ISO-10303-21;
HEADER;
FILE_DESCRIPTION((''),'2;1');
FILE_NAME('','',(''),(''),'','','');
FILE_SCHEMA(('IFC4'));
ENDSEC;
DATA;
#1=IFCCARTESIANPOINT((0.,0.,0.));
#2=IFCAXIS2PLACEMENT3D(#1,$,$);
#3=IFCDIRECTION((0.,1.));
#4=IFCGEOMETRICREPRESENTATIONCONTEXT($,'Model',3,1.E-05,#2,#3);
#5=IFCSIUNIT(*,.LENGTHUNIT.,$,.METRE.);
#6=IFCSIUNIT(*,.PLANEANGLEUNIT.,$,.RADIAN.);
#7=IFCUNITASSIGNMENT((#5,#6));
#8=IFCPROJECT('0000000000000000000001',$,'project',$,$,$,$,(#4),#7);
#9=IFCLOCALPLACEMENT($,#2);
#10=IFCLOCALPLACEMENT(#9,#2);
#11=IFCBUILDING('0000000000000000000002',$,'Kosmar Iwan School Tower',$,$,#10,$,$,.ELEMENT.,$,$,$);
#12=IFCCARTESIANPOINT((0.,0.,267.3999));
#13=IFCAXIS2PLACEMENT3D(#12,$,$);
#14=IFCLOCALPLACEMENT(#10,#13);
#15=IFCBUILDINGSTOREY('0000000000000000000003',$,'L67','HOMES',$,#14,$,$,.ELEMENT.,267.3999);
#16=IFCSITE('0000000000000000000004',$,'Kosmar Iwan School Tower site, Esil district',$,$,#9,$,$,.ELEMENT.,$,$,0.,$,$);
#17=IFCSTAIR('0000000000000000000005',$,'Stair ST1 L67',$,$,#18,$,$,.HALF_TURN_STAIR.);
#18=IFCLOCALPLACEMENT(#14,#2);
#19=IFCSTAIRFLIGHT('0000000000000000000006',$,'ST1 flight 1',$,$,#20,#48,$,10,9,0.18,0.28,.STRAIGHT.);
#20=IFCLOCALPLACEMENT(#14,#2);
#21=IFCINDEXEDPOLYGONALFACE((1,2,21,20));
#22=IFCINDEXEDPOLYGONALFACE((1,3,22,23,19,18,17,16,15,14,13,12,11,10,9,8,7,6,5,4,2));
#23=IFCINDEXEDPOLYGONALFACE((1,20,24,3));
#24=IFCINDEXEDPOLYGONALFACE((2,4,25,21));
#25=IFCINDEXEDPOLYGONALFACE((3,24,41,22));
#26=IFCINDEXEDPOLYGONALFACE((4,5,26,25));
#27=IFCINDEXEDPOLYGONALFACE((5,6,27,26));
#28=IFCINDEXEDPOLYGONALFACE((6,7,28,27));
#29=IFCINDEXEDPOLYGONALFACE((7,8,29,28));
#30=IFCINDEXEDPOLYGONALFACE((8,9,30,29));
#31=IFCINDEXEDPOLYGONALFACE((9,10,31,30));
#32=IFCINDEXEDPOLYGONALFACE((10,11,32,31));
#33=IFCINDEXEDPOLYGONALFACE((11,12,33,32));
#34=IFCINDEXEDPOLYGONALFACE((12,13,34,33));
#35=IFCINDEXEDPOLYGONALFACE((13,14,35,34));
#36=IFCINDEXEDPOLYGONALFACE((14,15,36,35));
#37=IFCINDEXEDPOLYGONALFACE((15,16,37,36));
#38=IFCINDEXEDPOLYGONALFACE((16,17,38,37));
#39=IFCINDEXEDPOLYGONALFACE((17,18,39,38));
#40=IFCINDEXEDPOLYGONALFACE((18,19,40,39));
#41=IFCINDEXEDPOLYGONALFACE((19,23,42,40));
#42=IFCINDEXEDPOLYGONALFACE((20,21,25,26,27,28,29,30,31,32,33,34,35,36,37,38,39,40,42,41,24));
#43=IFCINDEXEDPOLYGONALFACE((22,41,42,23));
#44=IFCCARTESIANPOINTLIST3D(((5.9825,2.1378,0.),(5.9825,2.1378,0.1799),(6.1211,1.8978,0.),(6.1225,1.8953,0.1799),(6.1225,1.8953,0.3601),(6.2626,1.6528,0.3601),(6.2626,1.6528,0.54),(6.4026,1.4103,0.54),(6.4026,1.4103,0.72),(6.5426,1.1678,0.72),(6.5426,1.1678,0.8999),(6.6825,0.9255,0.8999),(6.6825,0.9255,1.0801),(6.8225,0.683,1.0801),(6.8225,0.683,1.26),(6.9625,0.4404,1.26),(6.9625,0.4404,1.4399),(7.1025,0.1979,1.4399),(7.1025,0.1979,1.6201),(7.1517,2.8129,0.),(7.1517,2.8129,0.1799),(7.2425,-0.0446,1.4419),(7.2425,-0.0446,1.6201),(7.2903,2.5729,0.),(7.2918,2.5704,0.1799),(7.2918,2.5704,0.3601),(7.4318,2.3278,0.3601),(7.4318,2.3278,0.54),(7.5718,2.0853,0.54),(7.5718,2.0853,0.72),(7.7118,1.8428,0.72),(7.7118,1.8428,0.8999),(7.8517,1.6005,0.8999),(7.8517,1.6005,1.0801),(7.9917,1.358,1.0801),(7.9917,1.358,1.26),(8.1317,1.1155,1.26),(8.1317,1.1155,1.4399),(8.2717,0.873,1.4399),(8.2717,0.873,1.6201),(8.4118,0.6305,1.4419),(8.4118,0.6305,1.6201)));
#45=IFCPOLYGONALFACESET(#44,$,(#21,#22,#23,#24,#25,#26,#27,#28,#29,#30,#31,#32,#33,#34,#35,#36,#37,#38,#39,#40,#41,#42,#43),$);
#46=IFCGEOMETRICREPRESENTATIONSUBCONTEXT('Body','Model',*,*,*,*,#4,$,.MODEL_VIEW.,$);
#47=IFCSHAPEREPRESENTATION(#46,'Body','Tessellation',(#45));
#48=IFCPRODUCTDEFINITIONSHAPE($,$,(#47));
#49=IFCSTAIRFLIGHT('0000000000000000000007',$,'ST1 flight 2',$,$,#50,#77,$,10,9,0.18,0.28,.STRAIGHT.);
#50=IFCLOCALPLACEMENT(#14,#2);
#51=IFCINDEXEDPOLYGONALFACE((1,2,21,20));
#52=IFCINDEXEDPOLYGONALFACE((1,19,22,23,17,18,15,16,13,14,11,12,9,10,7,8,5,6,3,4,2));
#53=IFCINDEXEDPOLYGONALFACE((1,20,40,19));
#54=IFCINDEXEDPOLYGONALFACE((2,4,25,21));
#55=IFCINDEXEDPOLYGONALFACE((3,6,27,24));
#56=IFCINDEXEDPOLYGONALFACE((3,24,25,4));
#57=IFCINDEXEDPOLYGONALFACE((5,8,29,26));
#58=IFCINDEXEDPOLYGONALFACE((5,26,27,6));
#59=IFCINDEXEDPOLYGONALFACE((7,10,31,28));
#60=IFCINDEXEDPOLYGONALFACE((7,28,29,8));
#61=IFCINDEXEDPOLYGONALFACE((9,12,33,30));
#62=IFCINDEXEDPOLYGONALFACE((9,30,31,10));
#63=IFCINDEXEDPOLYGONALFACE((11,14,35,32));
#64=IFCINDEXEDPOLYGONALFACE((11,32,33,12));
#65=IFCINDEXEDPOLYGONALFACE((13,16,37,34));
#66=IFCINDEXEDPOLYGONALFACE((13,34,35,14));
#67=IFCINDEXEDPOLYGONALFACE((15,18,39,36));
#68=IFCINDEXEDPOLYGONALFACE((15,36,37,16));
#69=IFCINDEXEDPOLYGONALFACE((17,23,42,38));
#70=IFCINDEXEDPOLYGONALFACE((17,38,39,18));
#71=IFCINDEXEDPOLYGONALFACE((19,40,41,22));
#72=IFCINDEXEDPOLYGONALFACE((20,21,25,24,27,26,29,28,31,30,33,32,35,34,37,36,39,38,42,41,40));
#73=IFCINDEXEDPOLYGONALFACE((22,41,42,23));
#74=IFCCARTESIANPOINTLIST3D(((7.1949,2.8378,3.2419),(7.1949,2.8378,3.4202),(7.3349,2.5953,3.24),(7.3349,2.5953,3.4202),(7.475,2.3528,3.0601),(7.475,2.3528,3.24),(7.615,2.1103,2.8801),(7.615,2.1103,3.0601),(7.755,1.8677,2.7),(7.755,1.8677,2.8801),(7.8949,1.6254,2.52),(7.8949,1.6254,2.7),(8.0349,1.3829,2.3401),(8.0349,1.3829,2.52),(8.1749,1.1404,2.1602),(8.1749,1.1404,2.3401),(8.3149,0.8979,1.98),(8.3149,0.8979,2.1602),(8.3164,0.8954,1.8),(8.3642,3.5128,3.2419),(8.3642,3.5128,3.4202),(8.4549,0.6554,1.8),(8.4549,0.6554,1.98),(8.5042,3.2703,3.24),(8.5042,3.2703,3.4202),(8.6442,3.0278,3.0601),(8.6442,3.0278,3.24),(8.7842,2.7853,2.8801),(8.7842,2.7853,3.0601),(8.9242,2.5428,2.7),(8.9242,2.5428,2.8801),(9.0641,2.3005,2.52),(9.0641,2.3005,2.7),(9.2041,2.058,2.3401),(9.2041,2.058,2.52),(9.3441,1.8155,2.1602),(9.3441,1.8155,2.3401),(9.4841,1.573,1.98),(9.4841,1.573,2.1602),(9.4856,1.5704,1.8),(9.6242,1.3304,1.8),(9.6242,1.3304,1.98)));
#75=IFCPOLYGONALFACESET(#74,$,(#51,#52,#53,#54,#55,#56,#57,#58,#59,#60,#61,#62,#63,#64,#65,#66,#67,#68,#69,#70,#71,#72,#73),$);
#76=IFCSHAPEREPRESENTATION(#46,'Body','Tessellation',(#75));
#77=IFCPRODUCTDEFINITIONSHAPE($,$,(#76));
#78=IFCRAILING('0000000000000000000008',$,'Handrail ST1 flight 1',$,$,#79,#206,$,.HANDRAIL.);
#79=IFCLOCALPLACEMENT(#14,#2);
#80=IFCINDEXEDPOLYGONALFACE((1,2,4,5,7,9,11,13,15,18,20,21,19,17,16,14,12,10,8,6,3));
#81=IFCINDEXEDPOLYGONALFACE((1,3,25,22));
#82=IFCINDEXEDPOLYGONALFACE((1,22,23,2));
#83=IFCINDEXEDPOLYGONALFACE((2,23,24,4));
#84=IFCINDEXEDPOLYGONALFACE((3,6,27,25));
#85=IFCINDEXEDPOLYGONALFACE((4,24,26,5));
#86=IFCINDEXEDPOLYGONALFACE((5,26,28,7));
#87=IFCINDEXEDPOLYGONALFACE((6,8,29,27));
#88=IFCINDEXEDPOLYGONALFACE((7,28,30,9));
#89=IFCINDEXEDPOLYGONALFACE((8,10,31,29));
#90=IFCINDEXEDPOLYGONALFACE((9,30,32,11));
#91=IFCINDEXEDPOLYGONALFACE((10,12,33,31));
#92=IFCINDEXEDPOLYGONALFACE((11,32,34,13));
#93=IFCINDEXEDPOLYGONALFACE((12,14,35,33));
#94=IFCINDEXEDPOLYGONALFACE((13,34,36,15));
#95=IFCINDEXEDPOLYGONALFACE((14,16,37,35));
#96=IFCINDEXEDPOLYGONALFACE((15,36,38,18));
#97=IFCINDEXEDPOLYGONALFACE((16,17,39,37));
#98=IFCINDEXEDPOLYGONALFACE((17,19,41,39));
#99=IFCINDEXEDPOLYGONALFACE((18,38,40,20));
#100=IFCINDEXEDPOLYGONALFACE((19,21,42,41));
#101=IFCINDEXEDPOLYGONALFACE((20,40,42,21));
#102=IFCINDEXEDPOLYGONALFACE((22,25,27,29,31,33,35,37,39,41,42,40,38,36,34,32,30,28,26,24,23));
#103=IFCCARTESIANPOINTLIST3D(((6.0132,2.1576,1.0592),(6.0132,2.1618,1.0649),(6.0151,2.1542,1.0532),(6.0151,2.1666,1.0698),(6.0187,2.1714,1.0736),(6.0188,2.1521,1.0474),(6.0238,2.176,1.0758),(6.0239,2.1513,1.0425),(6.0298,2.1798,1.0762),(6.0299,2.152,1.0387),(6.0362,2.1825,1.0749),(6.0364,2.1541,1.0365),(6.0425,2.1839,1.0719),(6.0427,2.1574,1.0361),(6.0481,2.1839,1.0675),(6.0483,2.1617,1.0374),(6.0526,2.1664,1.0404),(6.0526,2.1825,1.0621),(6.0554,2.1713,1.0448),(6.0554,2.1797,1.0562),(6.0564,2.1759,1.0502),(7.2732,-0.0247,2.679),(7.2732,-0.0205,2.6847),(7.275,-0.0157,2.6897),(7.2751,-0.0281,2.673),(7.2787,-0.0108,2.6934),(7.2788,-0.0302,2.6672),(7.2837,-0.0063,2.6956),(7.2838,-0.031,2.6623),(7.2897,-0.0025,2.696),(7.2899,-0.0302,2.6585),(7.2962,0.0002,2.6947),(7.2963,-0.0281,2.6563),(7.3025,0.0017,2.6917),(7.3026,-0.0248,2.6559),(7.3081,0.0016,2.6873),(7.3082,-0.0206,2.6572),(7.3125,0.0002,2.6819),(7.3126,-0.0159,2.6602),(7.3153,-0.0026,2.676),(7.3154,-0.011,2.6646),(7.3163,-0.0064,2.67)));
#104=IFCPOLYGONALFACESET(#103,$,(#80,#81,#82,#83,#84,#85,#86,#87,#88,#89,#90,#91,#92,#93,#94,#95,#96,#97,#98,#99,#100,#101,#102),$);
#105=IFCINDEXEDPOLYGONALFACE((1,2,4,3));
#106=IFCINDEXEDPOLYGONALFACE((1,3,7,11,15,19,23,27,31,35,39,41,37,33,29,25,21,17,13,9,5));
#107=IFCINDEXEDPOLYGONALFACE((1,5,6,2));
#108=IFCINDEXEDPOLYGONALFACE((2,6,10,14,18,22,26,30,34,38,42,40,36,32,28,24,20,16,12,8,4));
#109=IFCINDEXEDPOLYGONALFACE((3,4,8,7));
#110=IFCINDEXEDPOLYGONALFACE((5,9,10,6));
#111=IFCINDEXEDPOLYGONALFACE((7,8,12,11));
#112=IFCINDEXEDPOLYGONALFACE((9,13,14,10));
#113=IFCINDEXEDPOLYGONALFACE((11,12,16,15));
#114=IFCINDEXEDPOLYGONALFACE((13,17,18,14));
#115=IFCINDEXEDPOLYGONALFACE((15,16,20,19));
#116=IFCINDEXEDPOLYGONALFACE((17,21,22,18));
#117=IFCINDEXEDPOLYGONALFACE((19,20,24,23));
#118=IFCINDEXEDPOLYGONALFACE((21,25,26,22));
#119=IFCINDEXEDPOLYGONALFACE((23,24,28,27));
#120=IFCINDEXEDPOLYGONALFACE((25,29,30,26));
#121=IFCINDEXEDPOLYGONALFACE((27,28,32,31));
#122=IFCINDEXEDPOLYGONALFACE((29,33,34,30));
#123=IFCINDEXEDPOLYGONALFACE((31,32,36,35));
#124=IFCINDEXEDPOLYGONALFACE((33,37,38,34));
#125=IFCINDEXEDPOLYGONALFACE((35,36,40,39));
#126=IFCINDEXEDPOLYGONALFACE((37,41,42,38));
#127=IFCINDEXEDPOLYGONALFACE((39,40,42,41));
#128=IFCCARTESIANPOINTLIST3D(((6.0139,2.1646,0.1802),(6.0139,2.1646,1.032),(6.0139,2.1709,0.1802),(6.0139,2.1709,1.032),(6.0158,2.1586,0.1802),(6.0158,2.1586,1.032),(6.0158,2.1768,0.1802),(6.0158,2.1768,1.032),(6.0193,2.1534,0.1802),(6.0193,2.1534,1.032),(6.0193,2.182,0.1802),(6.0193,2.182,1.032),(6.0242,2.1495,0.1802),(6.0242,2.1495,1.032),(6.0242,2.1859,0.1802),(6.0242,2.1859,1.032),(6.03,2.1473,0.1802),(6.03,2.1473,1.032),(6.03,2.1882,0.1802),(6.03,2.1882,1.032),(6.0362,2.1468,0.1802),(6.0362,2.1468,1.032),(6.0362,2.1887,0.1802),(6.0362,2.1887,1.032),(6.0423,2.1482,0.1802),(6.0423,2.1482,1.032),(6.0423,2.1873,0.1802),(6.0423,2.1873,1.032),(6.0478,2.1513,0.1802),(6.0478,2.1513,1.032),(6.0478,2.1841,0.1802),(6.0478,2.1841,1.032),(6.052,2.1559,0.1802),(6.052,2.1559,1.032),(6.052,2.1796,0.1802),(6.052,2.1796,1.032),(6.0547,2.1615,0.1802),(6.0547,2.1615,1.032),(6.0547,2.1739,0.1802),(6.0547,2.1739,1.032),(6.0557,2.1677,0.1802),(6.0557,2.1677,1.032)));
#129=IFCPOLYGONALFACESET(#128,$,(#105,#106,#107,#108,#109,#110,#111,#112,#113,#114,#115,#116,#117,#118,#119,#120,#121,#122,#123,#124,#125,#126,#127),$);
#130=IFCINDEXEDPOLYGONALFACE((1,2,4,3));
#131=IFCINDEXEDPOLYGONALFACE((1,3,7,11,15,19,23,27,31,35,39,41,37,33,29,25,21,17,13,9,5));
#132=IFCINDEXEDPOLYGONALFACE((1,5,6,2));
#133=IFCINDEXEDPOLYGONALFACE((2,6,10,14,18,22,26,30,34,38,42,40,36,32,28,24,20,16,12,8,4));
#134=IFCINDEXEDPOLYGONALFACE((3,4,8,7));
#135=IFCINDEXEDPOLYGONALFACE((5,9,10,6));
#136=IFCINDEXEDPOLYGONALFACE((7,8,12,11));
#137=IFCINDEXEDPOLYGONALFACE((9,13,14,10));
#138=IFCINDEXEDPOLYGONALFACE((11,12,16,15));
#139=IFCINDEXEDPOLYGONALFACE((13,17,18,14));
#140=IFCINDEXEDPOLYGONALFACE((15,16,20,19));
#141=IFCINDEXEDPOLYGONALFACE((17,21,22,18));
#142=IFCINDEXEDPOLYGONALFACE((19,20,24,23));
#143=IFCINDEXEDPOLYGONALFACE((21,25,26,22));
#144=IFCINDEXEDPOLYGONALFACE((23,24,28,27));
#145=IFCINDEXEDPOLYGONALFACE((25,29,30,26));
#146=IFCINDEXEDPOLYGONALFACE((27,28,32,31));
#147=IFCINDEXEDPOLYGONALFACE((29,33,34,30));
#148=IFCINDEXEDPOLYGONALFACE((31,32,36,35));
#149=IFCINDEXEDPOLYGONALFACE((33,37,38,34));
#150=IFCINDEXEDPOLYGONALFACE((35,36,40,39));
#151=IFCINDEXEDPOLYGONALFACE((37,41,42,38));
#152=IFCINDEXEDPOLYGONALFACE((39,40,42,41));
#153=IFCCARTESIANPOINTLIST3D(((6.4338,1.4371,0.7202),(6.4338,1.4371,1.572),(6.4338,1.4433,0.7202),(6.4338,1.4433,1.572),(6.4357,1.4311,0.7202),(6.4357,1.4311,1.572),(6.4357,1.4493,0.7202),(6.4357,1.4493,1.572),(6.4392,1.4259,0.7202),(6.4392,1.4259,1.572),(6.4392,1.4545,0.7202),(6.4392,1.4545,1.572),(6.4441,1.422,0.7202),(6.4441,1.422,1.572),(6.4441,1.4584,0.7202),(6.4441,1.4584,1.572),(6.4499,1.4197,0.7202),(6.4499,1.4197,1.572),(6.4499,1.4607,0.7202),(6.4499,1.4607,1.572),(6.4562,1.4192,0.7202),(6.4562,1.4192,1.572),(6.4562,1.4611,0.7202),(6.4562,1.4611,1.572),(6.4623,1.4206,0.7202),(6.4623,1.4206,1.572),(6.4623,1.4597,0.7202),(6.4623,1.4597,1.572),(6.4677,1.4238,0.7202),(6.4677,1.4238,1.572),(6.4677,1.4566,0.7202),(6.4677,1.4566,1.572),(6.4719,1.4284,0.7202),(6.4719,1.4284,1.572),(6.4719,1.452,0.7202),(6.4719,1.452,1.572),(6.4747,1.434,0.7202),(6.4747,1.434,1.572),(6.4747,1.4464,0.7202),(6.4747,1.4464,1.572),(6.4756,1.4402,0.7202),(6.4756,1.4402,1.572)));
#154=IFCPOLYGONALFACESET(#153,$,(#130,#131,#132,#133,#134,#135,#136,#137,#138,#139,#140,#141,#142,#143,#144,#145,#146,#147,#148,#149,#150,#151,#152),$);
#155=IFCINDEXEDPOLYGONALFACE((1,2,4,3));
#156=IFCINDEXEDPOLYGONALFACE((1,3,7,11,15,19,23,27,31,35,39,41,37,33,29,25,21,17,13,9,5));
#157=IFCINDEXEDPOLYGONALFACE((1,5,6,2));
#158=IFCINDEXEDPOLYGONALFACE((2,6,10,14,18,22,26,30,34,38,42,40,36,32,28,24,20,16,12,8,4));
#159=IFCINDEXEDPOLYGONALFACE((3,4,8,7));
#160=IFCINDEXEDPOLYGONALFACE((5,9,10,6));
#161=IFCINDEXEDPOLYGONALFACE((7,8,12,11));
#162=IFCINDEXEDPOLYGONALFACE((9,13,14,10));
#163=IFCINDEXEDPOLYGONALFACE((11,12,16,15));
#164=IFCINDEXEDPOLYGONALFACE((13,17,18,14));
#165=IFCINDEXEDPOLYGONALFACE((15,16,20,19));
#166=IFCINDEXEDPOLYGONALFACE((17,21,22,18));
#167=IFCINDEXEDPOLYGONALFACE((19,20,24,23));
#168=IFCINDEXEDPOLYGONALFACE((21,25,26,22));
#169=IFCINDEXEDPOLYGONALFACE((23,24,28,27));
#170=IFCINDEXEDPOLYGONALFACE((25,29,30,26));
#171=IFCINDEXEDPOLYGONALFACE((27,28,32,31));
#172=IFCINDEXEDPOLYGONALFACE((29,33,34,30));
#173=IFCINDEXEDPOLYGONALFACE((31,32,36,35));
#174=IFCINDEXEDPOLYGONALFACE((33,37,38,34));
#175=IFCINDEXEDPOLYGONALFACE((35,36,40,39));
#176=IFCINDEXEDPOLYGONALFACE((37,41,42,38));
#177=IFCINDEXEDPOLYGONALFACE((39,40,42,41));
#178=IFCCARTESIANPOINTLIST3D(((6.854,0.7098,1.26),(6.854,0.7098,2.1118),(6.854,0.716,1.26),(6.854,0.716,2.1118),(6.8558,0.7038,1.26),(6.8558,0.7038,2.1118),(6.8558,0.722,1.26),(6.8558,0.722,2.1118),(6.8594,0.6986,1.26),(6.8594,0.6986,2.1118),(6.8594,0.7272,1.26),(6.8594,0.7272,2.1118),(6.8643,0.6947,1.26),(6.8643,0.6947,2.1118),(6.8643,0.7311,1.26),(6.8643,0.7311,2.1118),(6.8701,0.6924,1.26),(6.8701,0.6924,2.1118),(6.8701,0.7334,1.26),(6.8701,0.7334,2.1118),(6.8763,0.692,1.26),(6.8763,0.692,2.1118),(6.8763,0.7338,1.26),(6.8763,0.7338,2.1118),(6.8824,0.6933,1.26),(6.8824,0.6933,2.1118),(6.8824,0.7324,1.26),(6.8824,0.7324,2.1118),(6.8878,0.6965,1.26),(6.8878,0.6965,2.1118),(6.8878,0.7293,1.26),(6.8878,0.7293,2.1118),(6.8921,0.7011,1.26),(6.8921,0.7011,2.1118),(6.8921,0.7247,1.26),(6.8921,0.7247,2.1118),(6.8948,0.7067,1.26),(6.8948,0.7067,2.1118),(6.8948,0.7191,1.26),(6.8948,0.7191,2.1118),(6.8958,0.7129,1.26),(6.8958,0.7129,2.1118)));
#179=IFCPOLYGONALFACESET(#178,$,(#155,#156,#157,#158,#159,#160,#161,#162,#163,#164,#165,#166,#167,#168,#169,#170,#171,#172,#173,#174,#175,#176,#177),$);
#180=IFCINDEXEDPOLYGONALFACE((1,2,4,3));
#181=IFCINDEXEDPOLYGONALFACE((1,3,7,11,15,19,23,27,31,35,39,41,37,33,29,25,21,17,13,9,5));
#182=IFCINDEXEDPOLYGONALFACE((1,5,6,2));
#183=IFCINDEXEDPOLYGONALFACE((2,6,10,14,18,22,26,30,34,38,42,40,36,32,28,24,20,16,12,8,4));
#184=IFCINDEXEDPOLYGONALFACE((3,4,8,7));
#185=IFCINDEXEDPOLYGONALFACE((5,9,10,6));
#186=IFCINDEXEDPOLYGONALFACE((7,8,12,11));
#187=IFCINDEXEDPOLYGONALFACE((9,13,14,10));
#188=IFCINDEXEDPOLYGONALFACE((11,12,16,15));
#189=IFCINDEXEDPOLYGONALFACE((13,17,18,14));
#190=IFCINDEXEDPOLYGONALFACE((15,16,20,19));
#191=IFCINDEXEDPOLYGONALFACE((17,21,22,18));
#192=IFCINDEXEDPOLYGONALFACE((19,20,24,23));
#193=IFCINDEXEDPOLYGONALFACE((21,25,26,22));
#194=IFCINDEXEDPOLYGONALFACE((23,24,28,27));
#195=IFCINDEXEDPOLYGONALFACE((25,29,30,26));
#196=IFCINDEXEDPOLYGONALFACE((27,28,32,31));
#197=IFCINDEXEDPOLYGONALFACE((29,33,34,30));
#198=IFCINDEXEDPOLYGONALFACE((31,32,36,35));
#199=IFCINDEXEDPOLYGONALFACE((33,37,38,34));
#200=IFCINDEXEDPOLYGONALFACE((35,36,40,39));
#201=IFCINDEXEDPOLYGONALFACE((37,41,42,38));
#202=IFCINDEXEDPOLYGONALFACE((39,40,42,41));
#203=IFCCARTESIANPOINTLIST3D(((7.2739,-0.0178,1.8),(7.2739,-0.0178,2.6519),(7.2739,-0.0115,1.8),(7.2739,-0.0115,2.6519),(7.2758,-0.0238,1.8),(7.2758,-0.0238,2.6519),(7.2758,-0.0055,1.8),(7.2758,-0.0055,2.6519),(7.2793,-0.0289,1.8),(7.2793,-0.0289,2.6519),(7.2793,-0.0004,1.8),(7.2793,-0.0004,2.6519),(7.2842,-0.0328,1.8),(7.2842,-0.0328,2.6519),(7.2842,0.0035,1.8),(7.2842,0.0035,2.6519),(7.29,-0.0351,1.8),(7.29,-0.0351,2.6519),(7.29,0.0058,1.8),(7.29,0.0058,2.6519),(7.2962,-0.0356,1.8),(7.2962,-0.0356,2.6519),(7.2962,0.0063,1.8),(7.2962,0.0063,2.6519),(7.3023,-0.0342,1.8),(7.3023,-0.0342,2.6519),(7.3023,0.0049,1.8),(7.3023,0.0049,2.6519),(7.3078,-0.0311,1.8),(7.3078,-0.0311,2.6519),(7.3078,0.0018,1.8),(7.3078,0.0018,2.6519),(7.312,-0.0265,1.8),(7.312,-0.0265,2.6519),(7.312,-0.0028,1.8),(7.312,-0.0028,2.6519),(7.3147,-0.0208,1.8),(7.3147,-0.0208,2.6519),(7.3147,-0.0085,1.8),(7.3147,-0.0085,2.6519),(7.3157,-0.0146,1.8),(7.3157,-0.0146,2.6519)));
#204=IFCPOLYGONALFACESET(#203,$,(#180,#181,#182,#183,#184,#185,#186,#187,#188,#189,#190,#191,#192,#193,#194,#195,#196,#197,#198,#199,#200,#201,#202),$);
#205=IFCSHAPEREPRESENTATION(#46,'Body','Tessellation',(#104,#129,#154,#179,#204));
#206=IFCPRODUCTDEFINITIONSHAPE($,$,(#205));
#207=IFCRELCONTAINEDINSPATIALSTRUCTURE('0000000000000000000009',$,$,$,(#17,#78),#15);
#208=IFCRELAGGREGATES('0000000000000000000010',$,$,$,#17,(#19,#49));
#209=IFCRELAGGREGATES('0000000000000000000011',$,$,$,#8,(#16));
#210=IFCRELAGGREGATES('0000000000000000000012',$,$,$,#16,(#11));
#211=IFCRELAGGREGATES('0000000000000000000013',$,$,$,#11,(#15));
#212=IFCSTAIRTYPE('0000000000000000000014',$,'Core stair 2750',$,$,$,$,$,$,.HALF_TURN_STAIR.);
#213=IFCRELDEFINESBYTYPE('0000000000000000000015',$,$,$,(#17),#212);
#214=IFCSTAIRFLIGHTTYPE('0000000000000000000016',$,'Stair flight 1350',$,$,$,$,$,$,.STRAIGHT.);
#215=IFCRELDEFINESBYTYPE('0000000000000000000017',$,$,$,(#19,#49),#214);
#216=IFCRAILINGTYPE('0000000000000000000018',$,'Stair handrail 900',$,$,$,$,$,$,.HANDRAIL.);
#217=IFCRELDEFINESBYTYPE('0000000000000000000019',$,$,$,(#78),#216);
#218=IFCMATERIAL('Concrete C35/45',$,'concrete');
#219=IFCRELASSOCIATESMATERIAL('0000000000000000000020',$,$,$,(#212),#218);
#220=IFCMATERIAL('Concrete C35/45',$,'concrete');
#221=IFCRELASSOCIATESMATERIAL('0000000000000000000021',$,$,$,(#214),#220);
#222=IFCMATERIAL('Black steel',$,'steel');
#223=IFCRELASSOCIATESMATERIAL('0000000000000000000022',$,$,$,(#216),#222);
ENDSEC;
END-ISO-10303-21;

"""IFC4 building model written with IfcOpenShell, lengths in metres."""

from ifc_helpers import new_model, si_unit, direction, frame, origin, origin_2d, place, context, subcontext, project, spatial, polyline, circle, outline, extrude, material, type_object, element, aggregate, save


model = new_model("IFC4")

# Units and contexts
model_context = context("Model", 3, precision=1e-05, world=origin(), true_north=direction((0.0, 1.0)))
body_context = subcontext(model_context, "Body", "Model", "MODEL_VIEW")
ifc_project = project(units=[si_unit("LENGTHUNIT", "METRE"), si_unit("PLANEANGLEUNIT", "RADIAN")], contexts=[model_context])

# Site, building, storey
site_placement = place(None, origin())
site = spatial("IfcSite", under=ifc_project, at=site_placement, Name="Kosmar Iwan School Tower site, Esil district", CompositionType="ELEMENT", RefElevation=0.0)
building_placement = place(site_placement, origin())
building = spatial("IfcBuilding", under=site, at=building_placement, Name="Kosmar Iwan School Tower", CompositionType="ELEMENT")
storey_placement = place(building_placement, frame((0.0, 0.0, 267.3999)))
storey = spatial("IfcBuildingStorey", under=building, at=storey_placement, Name="L67", Description="HOMES", CompositionType="ELEMENT", Elevation=267.3999)

# Stair, stair flights
ifc_material_1 = material(Name="Concrete C35/45", Category="concrete")
stair_type = type_object("IfcStairType", Name="Core stair 2750", PredefinedType="HALF_TURN_STAIR", material=ifc_material_1)
stair_placement = place(storey_placement, origin())
stair = element("IfcStair", 1, at=stair_placement, inside=storey, type_object=stair_type, Name="Stair ST1 L67", PredefinedType="HALF_TURN_STAIR")
ifc_material_2 = material(Name="Concrete C35/45", Category="concrete")
stair_flight_type = type_object("IfcStairFlightType", Name="Stair flight 1350", PredefinedType="STRAIGHT", material=ifc_material_2)
stair_flight_1_placement = place(storey_placement, frame((6.5671, 2.4753, 0.0), z_axis=(0.0, 0.0, 1.0), x_axis=(0.5, -0.866025, 0.0)))
stair_flight_1 = element("IfcStairFlight", 2, at=stair_flight_1_placement, type_object=stair_flight_type, Name="ST1 flight 1", NumberOfRisers=10, NumberOfTreads=9, PredefinedType="STRAIGHT", RiserHeight=0.18, TreadLength=0.28, context=body_context, shape_type="SweptSolid", body=[
    extrude(outline(polyline([(0.0, 0.0), (0.0, 0.1799), (0.28, 0.1799), (0.28, 0.3601), (0.5601, 0.3601), (0.5601, 0.54), (0.8401, 0.54), (0.8401, 0.72), (1.1201, 0.72), (1.1201, 0.8999), (1.3999, 0.8999), (1.3999, 1.0801), (1.6799, 1.0801), (1.6799, 1.26), (1.96, 1.26), (1.96, 1.4399), (2.24, 1.4399), (2.24, 1.6201), (2.52, 1.6201), (2.52, 1.8), (2.52, 1.4419), (0.2771, 0.0), (0.0, 0.0)])), frame((0.0, 0.675, 0.0), z_axis=(0.0, -1.0, 0.0), x_axis=(1.0, 0.0, 0.0)), (0.0, 0.0, 1.0), 1.3501),
])
stair_flight_2_placement = place(storey_placement, frame((9.0396, 0.9929, 1.8), z_axis=(0.0, 0.0, 1.0), x_axis=(-0.5, 0.866025, 0.0)))
stair_flight_2 = element("IfcStairFlight", 3, at=stair_flight_2_placement, type_object=stair_flight_type, Name="ST1 flight 2", NumberOfRisers=10, NumberOfTreads=9, PredefinedType="STRAIGHT", RiserHeight=0.18, TreadLength=0.28, context=body_context, shape_type="SweptSolid", body=[
    extrude(outline(polyline([(0.0, 0.0), (0.0, 0.1799), (0.28, 0.1799), (0.28, 0.3601), (0.5601, 0.3601), (0.5601, 0.54), (0.8401, 0.54), (0.8401, 0.72), (1.1201, 0.72), (1.1201, 0.8999), (1.3999, 0.8999), (1.3999, 1.0801), (1.6799, 1.0801), (1.6799, 1.26), (1.96, 1.26), (1.96, 1.4399), (2.24, 1.4399), (2.24, 1.6201), (2.52, 1.6201), (2.52, 1.8), (2.52, 1.4419), (0.2771, 0.0), (0.0, 0.0)])), frame((0.0, 0.675, 0.0), z_axis=(0.0, -1.0, 0.0), x_axis=(1.0, 0.0, 0.0)), (0.0, 0.0, 1.0), 1.3501),
])
aggregate(stair, [stair_flight_1, stair_flight_2])

# Railing
ifc_material_3 = material(Name="Black steel", Category="steel")
railing_type = type_object("IfcRailingType", Name="Stair handrail 900", PredefinedType="HANDRAIL", material=ifc_material_3)
railing_1_placement = place(storey_placement, frame((6.0347, 2.1677, 0.1802)))
element("IfcRailing", 4, at=railing_1_placement, inside=storey, type_object=railing_type, Name="Handrail ST1 flight 1", PredefinedType="HANDRAIL", context=body_context, shape_type="SweptSolid", body=[
    extrude(circle(Radius=0.0239, at=origin_2d()), frame((0.0, 0.0, 0.876), z_axis=(0.420603, -0.728496, 0.540728), x_axis=(0.866023, 0.500005, 0.0)), (0.0, 0.0, 1.0), 2.9956),
    extrude(circle(Radius=0.021, at=origin_2d()), origin(), (0.0, 0.0, 1.0), 0.8518),
    extrude(circle(Radius=0.021, at=origin_2d()), frame((0.4199, -0.7275, 0.54)), (0.0, 0.0, 1.0), 0.8518),
    extrude(circle(Radius=0.021, at=origin_2d()), frame((0.8401, -1.4548, 1.0798)), (0.0, 0.0, 1.0), 0.8518),
    extrude(circle(Radius=0.021, at=origin_2d()), frame((1.26, -2.1824, 1.6199)), (0.0, 0.0, 1.0), 0.8518),
])

save(model, "model.ifc")
